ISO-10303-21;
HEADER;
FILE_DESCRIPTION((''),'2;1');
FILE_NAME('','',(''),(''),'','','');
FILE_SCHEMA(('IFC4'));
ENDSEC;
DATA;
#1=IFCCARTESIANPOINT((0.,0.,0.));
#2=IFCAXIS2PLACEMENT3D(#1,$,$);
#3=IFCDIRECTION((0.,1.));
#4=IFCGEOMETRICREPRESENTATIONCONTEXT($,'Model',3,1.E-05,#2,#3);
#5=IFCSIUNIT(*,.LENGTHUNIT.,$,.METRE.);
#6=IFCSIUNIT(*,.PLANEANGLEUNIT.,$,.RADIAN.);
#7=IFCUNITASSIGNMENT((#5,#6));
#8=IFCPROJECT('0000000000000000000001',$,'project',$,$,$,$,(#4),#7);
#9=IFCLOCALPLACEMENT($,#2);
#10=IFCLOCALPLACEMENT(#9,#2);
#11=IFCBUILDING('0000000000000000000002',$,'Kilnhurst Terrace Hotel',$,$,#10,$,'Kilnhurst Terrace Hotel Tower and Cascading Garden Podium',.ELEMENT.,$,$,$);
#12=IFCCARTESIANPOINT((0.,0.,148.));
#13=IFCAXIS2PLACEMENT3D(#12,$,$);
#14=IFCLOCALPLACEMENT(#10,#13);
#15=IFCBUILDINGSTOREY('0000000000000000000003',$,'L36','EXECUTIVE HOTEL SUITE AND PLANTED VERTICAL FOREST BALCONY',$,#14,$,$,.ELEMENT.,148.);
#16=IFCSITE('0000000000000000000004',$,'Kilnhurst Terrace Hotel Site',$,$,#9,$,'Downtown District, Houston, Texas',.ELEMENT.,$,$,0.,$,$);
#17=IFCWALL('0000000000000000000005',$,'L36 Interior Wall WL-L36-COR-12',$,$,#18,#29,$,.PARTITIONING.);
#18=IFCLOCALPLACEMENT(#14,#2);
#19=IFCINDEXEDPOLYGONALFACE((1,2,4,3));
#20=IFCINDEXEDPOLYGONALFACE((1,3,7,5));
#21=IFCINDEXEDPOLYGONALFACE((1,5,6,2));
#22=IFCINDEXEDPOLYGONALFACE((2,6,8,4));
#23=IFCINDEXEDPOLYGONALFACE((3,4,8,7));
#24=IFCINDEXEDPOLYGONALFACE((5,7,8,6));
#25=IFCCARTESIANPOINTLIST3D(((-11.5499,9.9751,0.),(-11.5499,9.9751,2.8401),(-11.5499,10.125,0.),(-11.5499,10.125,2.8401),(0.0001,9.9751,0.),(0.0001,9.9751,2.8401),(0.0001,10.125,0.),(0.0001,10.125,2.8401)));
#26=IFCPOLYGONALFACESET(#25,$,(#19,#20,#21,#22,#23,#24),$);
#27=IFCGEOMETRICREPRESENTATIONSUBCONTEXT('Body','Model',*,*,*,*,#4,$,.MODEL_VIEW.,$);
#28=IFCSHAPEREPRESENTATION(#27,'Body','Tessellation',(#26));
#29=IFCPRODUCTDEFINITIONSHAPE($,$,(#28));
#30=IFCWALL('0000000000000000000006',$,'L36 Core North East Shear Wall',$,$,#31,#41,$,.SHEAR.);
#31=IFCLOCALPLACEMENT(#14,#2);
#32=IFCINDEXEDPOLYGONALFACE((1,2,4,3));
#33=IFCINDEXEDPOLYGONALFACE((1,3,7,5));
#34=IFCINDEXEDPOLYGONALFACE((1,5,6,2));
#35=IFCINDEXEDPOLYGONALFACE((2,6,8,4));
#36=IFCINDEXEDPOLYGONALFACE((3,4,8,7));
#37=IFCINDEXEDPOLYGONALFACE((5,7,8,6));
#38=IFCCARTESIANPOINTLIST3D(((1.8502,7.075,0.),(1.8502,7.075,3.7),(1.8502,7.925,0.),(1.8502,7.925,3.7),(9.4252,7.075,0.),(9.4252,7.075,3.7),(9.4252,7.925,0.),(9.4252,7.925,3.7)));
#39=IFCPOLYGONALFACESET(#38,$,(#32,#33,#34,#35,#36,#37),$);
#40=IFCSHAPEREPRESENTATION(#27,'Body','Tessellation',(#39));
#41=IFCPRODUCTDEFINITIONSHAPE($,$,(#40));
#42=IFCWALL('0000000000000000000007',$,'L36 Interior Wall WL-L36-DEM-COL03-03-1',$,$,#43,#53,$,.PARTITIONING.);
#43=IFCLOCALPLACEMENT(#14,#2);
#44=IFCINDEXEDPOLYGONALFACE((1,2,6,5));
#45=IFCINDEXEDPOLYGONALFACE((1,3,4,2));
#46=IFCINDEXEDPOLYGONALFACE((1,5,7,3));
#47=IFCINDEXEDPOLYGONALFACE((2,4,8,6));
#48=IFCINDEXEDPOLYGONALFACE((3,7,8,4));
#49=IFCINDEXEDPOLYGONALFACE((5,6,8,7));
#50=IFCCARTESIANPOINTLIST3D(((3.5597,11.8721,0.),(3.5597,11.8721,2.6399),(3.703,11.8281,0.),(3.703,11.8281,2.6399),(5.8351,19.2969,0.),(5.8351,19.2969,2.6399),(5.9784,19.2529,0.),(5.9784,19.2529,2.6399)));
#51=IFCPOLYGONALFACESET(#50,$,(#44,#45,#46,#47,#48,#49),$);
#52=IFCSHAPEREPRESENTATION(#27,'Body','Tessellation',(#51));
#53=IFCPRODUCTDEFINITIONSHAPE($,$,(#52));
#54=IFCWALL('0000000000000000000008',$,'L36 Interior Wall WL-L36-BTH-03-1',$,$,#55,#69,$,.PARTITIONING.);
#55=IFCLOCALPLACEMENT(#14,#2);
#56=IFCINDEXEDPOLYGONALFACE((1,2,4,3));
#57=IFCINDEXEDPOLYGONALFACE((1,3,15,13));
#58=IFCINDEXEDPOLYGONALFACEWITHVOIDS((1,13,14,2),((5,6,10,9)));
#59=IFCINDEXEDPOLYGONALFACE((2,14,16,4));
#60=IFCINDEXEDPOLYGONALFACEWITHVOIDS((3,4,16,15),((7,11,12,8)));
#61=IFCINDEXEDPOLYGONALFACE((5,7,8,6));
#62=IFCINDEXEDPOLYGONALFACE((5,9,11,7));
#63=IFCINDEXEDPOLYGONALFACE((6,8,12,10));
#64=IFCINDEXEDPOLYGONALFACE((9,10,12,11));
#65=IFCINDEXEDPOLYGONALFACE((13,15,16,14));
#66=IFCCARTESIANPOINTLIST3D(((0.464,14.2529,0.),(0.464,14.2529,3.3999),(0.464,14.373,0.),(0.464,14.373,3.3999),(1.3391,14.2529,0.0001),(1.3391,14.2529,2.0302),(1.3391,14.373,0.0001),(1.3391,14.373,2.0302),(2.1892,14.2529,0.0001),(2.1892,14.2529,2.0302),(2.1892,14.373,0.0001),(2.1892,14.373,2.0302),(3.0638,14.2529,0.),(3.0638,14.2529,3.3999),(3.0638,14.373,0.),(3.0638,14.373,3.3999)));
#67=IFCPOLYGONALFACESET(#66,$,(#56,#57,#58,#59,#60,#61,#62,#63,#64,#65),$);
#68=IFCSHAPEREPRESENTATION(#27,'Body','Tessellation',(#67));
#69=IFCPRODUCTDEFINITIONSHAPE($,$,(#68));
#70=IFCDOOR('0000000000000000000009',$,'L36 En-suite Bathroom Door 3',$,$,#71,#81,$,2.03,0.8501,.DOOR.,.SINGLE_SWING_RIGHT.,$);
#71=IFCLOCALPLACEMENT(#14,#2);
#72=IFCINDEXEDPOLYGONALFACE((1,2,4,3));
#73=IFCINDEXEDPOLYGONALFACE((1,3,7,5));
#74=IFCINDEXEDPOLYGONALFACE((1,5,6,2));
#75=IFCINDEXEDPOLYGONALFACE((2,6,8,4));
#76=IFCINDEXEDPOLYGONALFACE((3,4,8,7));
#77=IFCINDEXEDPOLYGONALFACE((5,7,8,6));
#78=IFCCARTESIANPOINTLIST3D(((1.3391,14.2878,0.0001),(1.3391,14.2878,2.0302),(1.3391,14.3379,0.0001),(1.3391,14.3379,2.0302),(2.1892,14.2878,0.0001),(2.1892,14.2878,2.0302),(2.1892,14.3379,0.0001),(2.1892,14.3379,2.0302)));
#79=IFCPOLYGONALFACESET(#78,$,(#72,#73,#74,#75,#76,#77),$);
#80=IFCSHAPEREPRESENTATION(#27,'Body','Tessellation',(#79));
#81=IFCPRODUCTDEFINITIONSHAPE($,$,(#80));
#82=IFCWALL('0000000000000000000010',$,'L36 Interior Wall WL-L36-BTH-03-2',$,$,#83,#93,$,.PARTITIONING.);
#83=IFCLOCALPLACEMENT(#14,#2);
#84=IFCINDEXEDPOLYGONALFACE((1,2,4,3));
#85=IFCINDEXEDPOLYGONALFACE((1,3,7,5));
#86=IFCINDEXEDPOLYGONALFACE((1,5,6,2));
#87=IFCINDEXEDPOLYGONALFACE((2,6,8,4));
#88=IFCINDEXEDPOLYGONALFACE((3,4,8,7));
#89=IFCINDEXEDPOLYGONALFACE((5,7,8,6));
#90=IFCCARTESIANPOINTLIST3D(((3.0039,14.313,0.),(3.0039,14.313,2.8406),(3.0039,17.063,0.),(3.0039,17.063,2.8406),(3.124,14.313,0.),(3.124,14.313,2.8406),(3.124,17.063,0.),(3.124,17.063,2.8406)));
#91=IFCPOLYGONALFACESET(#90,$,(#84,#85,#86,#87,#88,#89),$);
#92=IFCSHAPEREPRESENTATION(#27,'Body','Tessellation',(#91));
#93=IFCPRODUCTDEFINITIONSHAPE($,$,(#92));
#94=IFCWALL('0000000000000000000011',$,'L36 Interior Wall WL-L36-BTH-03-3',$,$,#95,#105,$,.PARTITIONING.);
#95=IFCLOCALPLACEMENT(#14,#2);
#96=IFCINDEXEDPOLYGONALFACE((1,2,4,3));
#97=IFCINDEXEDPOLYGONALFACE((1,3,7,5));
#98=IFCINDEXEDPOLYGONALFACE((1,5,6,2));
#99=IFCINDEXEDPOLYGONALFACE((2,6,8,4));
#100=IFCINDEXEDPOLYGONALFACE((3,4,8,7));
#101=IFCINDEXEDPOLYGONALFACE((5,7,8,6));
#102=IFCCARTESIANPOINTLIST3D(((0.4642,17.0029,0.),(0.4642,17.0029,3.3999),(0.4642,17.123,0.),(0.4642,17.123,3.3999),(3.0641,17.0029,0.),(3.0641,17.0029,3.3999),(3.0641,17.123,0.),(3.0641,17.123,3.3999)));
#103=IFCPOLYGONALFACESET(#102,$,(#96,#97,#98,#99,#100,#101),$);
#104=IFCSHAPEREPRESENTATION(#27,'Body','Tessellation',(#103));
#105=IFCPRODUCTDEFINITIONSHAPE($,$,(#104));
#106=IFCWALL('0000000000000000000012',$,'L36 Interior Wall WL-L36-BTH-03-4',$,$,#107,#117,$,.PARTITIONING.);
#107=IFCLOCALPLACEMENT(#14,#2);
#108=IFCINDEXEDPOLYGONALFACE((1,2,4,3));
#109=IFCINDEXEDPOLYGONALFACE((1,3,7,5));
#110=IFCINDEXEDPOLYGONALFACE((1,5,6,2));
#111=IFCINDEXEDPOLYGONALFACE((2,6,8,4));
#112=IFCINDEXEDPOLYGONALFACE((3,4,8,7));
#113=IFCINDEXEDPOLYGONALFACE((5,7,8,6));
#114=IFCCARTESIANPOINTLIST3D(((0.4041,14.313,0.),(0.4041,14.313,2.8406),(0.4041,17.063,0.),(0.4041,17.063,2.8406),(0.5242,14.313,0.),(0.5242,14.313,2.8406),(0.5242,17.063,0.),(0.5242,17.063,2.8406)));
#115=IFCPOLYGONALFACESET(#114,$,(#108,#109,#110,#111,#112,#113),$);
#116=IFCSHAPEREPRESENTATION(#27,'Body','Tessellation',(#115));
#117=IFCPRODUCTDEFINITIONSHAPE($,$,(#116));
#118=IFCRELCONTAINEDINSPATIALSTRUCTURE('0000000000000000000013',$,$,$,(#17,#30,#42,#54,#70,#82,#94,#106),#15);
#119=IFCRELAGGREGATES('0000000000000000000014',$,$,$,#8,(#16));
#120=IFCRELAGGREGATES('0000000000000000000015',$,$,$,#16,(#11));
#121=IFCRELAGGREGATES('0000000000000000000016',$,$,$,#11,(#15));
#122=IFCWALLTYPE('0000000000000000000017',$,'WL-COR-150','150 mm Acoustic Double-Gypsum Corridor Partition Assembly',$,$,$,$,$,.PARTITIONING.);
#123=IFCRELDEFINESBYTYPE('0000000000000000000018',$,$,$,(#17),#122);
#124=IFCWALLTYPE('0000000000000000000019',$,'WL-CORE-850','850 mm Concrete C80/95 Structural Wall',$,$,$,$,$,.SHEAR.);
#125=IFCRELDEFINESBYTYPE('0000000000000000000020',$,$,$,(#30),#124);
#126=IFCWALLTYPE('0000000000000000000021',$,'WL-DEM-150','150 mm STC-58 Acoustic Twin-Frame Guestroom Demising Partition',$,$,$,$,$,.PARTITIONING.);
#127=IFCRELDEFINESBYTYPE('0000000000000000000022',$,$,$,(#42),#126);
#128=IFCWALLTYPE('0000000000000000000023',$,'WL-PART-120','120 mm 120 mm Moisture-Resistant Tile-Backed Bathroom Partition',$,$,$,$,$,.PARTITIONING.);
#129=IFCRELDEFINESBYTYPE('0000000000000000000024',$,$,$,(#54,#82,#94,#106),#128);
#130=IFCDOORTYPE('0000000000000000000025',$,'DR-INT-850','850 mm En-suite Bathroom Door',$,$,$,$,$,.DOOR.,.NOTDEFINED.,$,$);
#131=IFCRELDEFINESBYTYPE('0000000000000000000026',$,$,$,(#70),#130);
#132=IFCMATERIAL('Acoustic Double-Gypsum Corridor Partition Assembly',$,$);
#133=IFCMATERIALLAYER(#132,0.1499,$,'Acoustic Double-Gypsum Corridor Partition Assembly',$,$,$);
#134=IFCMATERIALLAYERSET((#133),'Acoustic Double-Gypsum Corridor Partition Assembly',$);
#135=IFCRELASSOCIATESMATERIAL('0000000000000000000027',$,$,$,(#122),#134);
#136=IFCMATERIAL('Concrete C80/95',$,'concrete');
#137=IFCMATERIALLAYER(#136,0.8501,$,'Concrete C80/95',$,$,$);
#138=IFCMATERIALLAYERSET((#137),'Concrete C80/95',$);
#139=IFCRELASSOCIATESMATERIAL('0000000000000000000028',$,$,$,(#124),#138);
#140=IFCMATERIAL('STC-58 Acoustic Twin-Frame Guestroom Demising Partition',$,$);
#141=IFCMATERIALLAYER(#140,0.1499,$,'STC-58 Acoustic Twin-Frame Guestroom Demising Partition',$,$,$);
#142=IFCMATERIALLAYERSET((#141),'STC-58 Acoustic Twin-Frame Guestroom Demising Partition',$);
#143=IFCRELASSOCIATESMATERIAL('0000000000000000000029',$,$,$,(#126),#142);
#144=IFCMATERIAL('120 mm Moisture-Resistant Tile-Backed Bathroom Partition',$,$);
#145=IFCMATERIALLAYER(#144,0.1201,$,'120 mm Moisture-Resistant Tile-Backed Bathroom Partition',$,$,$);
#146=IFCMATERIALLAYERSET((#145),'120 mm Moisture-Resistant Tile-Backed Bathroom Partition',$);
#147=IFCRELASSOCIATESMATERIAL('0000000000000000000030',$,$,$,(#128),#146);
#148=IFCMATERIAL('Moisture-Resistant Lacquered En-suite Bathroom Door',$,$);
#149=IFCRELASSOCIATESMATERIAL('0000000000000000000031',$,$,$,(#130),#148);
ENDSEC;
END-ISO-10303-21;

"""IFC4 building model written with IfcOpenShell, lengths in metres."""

from ifc_helpers import new_model, si_unit, direction, frame, frame_2d, origin, place, context, subcontext, project, spatial, rectangle, extrude, material, layer, layer_set, type_object, element, fill, save


model = new_model("IFC4")

# Units and contexts
model_context = context("Model", 3, precision=1e-05, world=origin(), true_north=direction((0.0, 1.0)))
body_context = subcontext(model_context, "Body", "Model", "MODEL_VIEW")
ifc_project = project(units=[si_unit("LENGTHUNIT", "METRE"), si_unit("PLANEANGLEUNIT", "RADIAN")], contexts=[model_context])

# Site, building, storey
site_placement = place(None, origin())
site = spatial("IfcSite", under=ifc_project, at=site_placement, Name="Kilnhurst Terrace Hotel Site", LongName="Downtown District, Houston, Texas", CompositionType="ELEMENT", RefElevation=0.0)
building_placement = place(site_placement, origin())
building = spatial("IfcBuilding", under=site, at=building_placement, Name="Kilnhurst Terrace Hotel", LongName="Kilnhurst Terrace Hotel Tower and Cascading Garden Podium", CompositionType="ELEMENT")
storey_placement = place(building_placement, frame((0.0, 0.0, 148.0)))
storey = spatial("IfcBuildingStorey", under=building, at=storey_placement, Name="L36", Description="EXECUTIVE HOTEL SUITE AND PLANTED VERTICAL FOREST BALCONY", CompositionType="ELEMENT", Elevation=148.0)

# Shared definitions
ifc_material_1 = material(Name="Concrete C80/95", Category="concrete")

# Shared definitions
ifc_material_2 = material(Name="Acoustic Double-Gypsum Corridor Partition Assembly")
ifc_layer_1 = layer(ifc_material_2, 0.1499, Name="Acoustic Double-Gypsum Corridor Partition Assembly")
ifc_layer_set_1 = layer_set([ifc_layer_1], Name="Acoustic Double-Gypsum Corridor Partition Assembly")
wall_type_1 = type_object("IfcWallType", Name="WL-COR-150", Description="150 mm Acoustic Double-Gypsum Corridor Partition Assembly", PredefinedType="PARTITIONING", material=ifc_layer_set_1)

# Walls
wall_1_placement = place(storey_placement, frame((0.0, 10.05, 0.0), z_axis=(0.0, 0.0, 1.0), x_axis=(-1.0, 0.0, 0.0)))
element("IfcWall", 1, at=wall_1_placement, inside=storey, type_object=wall_type_1, Name="L36 Interior Wall WL-L36-COR-12", PredefinedType="PARTITIONING", context=body_context, shape_type="SweptSolid", body=[
    extrude(rectangle(XDim=11.55, YDim=0.1499, at=frame_2d((5.7749, 0.0))), origin(), (0.0, 0.0, 1.0), 2.8401),
])
ifc_layer_2 = layer(ifc_material_1, 0.8501, Name="Concrete C80/95")
ifc_layer_set_2 = layer_set([ifc_layer_2], Name="Concrete C80/95")
wall_type_2 = type_object("IfcWallType", Name="WL-CORE-850", Description="850 mm Concrete C80/95 Structural Wall", PredefinedType="SHEAR", material=ifc_layer_set_2)
wall_2_placement = place(storey_placement, frame((1.8501, 7.5, 0.0), z_axis=(0.0, 0.0, 1.0), x_axis=(1.0, 0.0, 0.0)))
element("IfcWall", 2, at=wall_2_placement, inside=storey, type_object=wall_type_2, Name="L36 Core North East Shear Wall", PredefinedType="SHEAR", context=body_context, shape_type="SweptSolid", body=[
    extrude(rectangle(XDim=7.575, YDim=0.8501, at=frame_2d((3.7876, 0.0))), origin(), (0.0, 0.0, 1.0), 3.7),
])
ifc_material_3 = material(Name="STC-58 Acoustic Twin-Frame Guestroom Demising Partition")
ifc_layer_3 = layer(ifc_material_3, 0.1499, Name="STC-58 Acoustic Twin-Frame Guestroom Demising Partition")
ifc_layer_set_3 = layer_set([ifc_layer_3], Name="STC-58 Acoustic Twin-Frame Guestroom Demising Partition")
wall_type_3 = type_object("IfcWallType", Name="WL-DEM-150", Description="150 mm STC-58 Acoustic Twin-Frame Guestroom Demising Partition", PredefinedType="PARTITIONING", material=ifc_layer_set_3)
wall_3_placement = place(storey_placement, frame((3.6313, 11.8501, 0.0), z_axis=(0.0, 0.0, 1.0), x_axis=(0.293008, 0.95611, 0.0)))
element("IfcWall", 3, at=wall_3_placement, inside=storey, type_object=wall_type_3, Name="L36 Interior Wall WL-L36-DEM-COL03-03-1", PredefinedType="PARTITIONING", context=body_context, shape_type="SweptSolid", body=[
    extrude(rectangle(XDim=7.7656, YDim=0.1499, at=frame_2d((3.8828, 0.0))), origin(), (0.0, 0.0, 1.0), 2.6399),
])

# Wall, opening, door
ifc_material_4 = material(Name="120 mm Moisture-Resistant Tile-Backed Bathroom Partition")
ifc_layer_4 = layer(ifc_material_4, 0.1201, Name="120 mm Moisture-Resistant Tile-Backed Bathroom Partition")
ifc_layer_set_4 = layer_set([ifc_layer_4], Name="120 mm Moisture-Resistant Tile-Backed Bathroom Partition")
wall_type_4 = type_object("IfcWallType", Name="WL-PART-120", Description="120 mm 120 mm Moisture-Resistant Tile-Backed Bathroom Partition", PredefinedType="PARTITIONING", material=ifc_layer_set_4)
wall_4_placement = place(storey_placement, frame((0.4641, 14.313, 0.0), z_axis=(0.0, 0.0, 1.0), x_axis=(1.0, 0.0, 0.0)))
wall_4 = element("IfcWall", 4, at=wall_4_placement, inside=storey, type_object=wall_type_4, Name="L36 Interior Wall WL-L36-BTH-03-1", PredefinedType="PARTITIONING", context=body_context, shape_type="SweptSolid", body=[
    extrude(rectangle(XDim=2.5999, YDim=0.1201, at=frame_2d((1.2998, 0.0))), origin(), (0.0, 0.0, 1.0), 3.3999),
])
opening_1_placement = place(wall_4_placement, frame((0.875, 0.0, 0.0)))
opening_1 = element("IfcOpeningElement", 5, at=opening_1_placement, cuts=wall_4, PredefinedType="OPENING", context=body_context, shape_type="SweptSolid", body=[
    extrude(rectangle(XDim=0.8501, YDim=2.03, at=frame_2d((0.425, 1.0151))), frame((0.0, 0.0701, 0.0), z_axis=(0.0, -1.0, 0.0), x_axis=(1.0, 0.0, 0.0)), (0.0, 0.0, 1.0), 0.1401),
])
ifc_material_5 = material(Name="Moisture-Resistant Lacquered En-suite Bathroom Door")
door_type_1 = type_object("IfcDoorType", Name="DR-INT-850", Description="850 mm En-suite Bathroom Door", OperationType="NOTDEFINED", PredefinedType="DOOR", material=ifc_material_5)
door_1_placement = place(opening_1_placement, origin())
door_1 = element("IfcDoor", 6, at=door_1_placement, inside=storey, type_object=door_type_1, Name="L36 En-suite Bathroom Door 3", OperationType="SINGLE_SWING_RIGHT", OverallHeight=2.03, OverallWidth=0.8501, PredefinedType="DOOR", context=body_context, shape_type="SweptSolid", body=[
    extrude(rectangle(XDim=0.8501, YDim=2.03, at=frame_2d((0.425, 1.0151))), frame((0.0, 0.0249, 0.0), z_axis=(0.0, -1.0, 0.0), x_axis=(1.0, 0.0, 0.0)), (0.0, 0.0, 1.0), 0.05),
])
fill(opening_1, door_1)

# Walls
wall_5_placement = place(storey_placement, frame((3.064, 14.313, 0.0), z_axis=(0.0, 0.0, 1.0), x_axis=(0.0, 1.0, 0.0)))
element("IfcWall", 7, at=wall_5_placement, inside=storey, type_object=wall_type_4, Name="L36 Interior Wall WL-L36-BTH-03-2", PredefinedType="PARTITIONING", context=body_context, shape_type="SweptSolid", body=[
    extrude(rectangle(XDim=2.75, YDim=0.1201, at=frame_2d((1.375, 0.0))), origin(), (0.0, 0.0, 1.0), 2.8406),
])
wall_6_placement = place(storey_placement, frame((3.064, 17.063, 0.0), z_axis=(0.0, 0.0, 1.0), x_axis=(-1.0, 0.0, 0.0)))
element("IfcWall", 8, at=wall_6_placement, inside=storey, type_object=wall_type_4, Name="L36 Interior Wall WL-L36-BTH-03-3", PredefinedType="PARTITIONING", context=body_context, shape_type="SweptSolid", body=[
    extrude(rectangle(XDim=2.5999, YDim=0.1201, at=frame_2d((1.2998, 0.0))), origin(), (0.0, 0.0, 1.0), 3.3999),
])
wall_7_placement = place(storey_placement, frame((0.4641, 17.063, 0.0), z_axis=(0.0, 0.0, 1.0), x_axis=(0.0, -1.0, 0.0)))
element("IfcWall", 9, at=wall_7_placement, inside=storey, type_object=wall_type_4, Name="L36 Interior Wall WL-L36-BTH-03-4", PredefinedType="PARTITIONING", context=body_context, shape_type="SweptSolid", body=[
    extrude(rectangle(XDim=2.75, YDim=0.1201, at=frame_2d((1.375, 0.0))), origin(), (0.0, 0.0, 1.0), 2.8406),
])

save(model, "model.ifc")
